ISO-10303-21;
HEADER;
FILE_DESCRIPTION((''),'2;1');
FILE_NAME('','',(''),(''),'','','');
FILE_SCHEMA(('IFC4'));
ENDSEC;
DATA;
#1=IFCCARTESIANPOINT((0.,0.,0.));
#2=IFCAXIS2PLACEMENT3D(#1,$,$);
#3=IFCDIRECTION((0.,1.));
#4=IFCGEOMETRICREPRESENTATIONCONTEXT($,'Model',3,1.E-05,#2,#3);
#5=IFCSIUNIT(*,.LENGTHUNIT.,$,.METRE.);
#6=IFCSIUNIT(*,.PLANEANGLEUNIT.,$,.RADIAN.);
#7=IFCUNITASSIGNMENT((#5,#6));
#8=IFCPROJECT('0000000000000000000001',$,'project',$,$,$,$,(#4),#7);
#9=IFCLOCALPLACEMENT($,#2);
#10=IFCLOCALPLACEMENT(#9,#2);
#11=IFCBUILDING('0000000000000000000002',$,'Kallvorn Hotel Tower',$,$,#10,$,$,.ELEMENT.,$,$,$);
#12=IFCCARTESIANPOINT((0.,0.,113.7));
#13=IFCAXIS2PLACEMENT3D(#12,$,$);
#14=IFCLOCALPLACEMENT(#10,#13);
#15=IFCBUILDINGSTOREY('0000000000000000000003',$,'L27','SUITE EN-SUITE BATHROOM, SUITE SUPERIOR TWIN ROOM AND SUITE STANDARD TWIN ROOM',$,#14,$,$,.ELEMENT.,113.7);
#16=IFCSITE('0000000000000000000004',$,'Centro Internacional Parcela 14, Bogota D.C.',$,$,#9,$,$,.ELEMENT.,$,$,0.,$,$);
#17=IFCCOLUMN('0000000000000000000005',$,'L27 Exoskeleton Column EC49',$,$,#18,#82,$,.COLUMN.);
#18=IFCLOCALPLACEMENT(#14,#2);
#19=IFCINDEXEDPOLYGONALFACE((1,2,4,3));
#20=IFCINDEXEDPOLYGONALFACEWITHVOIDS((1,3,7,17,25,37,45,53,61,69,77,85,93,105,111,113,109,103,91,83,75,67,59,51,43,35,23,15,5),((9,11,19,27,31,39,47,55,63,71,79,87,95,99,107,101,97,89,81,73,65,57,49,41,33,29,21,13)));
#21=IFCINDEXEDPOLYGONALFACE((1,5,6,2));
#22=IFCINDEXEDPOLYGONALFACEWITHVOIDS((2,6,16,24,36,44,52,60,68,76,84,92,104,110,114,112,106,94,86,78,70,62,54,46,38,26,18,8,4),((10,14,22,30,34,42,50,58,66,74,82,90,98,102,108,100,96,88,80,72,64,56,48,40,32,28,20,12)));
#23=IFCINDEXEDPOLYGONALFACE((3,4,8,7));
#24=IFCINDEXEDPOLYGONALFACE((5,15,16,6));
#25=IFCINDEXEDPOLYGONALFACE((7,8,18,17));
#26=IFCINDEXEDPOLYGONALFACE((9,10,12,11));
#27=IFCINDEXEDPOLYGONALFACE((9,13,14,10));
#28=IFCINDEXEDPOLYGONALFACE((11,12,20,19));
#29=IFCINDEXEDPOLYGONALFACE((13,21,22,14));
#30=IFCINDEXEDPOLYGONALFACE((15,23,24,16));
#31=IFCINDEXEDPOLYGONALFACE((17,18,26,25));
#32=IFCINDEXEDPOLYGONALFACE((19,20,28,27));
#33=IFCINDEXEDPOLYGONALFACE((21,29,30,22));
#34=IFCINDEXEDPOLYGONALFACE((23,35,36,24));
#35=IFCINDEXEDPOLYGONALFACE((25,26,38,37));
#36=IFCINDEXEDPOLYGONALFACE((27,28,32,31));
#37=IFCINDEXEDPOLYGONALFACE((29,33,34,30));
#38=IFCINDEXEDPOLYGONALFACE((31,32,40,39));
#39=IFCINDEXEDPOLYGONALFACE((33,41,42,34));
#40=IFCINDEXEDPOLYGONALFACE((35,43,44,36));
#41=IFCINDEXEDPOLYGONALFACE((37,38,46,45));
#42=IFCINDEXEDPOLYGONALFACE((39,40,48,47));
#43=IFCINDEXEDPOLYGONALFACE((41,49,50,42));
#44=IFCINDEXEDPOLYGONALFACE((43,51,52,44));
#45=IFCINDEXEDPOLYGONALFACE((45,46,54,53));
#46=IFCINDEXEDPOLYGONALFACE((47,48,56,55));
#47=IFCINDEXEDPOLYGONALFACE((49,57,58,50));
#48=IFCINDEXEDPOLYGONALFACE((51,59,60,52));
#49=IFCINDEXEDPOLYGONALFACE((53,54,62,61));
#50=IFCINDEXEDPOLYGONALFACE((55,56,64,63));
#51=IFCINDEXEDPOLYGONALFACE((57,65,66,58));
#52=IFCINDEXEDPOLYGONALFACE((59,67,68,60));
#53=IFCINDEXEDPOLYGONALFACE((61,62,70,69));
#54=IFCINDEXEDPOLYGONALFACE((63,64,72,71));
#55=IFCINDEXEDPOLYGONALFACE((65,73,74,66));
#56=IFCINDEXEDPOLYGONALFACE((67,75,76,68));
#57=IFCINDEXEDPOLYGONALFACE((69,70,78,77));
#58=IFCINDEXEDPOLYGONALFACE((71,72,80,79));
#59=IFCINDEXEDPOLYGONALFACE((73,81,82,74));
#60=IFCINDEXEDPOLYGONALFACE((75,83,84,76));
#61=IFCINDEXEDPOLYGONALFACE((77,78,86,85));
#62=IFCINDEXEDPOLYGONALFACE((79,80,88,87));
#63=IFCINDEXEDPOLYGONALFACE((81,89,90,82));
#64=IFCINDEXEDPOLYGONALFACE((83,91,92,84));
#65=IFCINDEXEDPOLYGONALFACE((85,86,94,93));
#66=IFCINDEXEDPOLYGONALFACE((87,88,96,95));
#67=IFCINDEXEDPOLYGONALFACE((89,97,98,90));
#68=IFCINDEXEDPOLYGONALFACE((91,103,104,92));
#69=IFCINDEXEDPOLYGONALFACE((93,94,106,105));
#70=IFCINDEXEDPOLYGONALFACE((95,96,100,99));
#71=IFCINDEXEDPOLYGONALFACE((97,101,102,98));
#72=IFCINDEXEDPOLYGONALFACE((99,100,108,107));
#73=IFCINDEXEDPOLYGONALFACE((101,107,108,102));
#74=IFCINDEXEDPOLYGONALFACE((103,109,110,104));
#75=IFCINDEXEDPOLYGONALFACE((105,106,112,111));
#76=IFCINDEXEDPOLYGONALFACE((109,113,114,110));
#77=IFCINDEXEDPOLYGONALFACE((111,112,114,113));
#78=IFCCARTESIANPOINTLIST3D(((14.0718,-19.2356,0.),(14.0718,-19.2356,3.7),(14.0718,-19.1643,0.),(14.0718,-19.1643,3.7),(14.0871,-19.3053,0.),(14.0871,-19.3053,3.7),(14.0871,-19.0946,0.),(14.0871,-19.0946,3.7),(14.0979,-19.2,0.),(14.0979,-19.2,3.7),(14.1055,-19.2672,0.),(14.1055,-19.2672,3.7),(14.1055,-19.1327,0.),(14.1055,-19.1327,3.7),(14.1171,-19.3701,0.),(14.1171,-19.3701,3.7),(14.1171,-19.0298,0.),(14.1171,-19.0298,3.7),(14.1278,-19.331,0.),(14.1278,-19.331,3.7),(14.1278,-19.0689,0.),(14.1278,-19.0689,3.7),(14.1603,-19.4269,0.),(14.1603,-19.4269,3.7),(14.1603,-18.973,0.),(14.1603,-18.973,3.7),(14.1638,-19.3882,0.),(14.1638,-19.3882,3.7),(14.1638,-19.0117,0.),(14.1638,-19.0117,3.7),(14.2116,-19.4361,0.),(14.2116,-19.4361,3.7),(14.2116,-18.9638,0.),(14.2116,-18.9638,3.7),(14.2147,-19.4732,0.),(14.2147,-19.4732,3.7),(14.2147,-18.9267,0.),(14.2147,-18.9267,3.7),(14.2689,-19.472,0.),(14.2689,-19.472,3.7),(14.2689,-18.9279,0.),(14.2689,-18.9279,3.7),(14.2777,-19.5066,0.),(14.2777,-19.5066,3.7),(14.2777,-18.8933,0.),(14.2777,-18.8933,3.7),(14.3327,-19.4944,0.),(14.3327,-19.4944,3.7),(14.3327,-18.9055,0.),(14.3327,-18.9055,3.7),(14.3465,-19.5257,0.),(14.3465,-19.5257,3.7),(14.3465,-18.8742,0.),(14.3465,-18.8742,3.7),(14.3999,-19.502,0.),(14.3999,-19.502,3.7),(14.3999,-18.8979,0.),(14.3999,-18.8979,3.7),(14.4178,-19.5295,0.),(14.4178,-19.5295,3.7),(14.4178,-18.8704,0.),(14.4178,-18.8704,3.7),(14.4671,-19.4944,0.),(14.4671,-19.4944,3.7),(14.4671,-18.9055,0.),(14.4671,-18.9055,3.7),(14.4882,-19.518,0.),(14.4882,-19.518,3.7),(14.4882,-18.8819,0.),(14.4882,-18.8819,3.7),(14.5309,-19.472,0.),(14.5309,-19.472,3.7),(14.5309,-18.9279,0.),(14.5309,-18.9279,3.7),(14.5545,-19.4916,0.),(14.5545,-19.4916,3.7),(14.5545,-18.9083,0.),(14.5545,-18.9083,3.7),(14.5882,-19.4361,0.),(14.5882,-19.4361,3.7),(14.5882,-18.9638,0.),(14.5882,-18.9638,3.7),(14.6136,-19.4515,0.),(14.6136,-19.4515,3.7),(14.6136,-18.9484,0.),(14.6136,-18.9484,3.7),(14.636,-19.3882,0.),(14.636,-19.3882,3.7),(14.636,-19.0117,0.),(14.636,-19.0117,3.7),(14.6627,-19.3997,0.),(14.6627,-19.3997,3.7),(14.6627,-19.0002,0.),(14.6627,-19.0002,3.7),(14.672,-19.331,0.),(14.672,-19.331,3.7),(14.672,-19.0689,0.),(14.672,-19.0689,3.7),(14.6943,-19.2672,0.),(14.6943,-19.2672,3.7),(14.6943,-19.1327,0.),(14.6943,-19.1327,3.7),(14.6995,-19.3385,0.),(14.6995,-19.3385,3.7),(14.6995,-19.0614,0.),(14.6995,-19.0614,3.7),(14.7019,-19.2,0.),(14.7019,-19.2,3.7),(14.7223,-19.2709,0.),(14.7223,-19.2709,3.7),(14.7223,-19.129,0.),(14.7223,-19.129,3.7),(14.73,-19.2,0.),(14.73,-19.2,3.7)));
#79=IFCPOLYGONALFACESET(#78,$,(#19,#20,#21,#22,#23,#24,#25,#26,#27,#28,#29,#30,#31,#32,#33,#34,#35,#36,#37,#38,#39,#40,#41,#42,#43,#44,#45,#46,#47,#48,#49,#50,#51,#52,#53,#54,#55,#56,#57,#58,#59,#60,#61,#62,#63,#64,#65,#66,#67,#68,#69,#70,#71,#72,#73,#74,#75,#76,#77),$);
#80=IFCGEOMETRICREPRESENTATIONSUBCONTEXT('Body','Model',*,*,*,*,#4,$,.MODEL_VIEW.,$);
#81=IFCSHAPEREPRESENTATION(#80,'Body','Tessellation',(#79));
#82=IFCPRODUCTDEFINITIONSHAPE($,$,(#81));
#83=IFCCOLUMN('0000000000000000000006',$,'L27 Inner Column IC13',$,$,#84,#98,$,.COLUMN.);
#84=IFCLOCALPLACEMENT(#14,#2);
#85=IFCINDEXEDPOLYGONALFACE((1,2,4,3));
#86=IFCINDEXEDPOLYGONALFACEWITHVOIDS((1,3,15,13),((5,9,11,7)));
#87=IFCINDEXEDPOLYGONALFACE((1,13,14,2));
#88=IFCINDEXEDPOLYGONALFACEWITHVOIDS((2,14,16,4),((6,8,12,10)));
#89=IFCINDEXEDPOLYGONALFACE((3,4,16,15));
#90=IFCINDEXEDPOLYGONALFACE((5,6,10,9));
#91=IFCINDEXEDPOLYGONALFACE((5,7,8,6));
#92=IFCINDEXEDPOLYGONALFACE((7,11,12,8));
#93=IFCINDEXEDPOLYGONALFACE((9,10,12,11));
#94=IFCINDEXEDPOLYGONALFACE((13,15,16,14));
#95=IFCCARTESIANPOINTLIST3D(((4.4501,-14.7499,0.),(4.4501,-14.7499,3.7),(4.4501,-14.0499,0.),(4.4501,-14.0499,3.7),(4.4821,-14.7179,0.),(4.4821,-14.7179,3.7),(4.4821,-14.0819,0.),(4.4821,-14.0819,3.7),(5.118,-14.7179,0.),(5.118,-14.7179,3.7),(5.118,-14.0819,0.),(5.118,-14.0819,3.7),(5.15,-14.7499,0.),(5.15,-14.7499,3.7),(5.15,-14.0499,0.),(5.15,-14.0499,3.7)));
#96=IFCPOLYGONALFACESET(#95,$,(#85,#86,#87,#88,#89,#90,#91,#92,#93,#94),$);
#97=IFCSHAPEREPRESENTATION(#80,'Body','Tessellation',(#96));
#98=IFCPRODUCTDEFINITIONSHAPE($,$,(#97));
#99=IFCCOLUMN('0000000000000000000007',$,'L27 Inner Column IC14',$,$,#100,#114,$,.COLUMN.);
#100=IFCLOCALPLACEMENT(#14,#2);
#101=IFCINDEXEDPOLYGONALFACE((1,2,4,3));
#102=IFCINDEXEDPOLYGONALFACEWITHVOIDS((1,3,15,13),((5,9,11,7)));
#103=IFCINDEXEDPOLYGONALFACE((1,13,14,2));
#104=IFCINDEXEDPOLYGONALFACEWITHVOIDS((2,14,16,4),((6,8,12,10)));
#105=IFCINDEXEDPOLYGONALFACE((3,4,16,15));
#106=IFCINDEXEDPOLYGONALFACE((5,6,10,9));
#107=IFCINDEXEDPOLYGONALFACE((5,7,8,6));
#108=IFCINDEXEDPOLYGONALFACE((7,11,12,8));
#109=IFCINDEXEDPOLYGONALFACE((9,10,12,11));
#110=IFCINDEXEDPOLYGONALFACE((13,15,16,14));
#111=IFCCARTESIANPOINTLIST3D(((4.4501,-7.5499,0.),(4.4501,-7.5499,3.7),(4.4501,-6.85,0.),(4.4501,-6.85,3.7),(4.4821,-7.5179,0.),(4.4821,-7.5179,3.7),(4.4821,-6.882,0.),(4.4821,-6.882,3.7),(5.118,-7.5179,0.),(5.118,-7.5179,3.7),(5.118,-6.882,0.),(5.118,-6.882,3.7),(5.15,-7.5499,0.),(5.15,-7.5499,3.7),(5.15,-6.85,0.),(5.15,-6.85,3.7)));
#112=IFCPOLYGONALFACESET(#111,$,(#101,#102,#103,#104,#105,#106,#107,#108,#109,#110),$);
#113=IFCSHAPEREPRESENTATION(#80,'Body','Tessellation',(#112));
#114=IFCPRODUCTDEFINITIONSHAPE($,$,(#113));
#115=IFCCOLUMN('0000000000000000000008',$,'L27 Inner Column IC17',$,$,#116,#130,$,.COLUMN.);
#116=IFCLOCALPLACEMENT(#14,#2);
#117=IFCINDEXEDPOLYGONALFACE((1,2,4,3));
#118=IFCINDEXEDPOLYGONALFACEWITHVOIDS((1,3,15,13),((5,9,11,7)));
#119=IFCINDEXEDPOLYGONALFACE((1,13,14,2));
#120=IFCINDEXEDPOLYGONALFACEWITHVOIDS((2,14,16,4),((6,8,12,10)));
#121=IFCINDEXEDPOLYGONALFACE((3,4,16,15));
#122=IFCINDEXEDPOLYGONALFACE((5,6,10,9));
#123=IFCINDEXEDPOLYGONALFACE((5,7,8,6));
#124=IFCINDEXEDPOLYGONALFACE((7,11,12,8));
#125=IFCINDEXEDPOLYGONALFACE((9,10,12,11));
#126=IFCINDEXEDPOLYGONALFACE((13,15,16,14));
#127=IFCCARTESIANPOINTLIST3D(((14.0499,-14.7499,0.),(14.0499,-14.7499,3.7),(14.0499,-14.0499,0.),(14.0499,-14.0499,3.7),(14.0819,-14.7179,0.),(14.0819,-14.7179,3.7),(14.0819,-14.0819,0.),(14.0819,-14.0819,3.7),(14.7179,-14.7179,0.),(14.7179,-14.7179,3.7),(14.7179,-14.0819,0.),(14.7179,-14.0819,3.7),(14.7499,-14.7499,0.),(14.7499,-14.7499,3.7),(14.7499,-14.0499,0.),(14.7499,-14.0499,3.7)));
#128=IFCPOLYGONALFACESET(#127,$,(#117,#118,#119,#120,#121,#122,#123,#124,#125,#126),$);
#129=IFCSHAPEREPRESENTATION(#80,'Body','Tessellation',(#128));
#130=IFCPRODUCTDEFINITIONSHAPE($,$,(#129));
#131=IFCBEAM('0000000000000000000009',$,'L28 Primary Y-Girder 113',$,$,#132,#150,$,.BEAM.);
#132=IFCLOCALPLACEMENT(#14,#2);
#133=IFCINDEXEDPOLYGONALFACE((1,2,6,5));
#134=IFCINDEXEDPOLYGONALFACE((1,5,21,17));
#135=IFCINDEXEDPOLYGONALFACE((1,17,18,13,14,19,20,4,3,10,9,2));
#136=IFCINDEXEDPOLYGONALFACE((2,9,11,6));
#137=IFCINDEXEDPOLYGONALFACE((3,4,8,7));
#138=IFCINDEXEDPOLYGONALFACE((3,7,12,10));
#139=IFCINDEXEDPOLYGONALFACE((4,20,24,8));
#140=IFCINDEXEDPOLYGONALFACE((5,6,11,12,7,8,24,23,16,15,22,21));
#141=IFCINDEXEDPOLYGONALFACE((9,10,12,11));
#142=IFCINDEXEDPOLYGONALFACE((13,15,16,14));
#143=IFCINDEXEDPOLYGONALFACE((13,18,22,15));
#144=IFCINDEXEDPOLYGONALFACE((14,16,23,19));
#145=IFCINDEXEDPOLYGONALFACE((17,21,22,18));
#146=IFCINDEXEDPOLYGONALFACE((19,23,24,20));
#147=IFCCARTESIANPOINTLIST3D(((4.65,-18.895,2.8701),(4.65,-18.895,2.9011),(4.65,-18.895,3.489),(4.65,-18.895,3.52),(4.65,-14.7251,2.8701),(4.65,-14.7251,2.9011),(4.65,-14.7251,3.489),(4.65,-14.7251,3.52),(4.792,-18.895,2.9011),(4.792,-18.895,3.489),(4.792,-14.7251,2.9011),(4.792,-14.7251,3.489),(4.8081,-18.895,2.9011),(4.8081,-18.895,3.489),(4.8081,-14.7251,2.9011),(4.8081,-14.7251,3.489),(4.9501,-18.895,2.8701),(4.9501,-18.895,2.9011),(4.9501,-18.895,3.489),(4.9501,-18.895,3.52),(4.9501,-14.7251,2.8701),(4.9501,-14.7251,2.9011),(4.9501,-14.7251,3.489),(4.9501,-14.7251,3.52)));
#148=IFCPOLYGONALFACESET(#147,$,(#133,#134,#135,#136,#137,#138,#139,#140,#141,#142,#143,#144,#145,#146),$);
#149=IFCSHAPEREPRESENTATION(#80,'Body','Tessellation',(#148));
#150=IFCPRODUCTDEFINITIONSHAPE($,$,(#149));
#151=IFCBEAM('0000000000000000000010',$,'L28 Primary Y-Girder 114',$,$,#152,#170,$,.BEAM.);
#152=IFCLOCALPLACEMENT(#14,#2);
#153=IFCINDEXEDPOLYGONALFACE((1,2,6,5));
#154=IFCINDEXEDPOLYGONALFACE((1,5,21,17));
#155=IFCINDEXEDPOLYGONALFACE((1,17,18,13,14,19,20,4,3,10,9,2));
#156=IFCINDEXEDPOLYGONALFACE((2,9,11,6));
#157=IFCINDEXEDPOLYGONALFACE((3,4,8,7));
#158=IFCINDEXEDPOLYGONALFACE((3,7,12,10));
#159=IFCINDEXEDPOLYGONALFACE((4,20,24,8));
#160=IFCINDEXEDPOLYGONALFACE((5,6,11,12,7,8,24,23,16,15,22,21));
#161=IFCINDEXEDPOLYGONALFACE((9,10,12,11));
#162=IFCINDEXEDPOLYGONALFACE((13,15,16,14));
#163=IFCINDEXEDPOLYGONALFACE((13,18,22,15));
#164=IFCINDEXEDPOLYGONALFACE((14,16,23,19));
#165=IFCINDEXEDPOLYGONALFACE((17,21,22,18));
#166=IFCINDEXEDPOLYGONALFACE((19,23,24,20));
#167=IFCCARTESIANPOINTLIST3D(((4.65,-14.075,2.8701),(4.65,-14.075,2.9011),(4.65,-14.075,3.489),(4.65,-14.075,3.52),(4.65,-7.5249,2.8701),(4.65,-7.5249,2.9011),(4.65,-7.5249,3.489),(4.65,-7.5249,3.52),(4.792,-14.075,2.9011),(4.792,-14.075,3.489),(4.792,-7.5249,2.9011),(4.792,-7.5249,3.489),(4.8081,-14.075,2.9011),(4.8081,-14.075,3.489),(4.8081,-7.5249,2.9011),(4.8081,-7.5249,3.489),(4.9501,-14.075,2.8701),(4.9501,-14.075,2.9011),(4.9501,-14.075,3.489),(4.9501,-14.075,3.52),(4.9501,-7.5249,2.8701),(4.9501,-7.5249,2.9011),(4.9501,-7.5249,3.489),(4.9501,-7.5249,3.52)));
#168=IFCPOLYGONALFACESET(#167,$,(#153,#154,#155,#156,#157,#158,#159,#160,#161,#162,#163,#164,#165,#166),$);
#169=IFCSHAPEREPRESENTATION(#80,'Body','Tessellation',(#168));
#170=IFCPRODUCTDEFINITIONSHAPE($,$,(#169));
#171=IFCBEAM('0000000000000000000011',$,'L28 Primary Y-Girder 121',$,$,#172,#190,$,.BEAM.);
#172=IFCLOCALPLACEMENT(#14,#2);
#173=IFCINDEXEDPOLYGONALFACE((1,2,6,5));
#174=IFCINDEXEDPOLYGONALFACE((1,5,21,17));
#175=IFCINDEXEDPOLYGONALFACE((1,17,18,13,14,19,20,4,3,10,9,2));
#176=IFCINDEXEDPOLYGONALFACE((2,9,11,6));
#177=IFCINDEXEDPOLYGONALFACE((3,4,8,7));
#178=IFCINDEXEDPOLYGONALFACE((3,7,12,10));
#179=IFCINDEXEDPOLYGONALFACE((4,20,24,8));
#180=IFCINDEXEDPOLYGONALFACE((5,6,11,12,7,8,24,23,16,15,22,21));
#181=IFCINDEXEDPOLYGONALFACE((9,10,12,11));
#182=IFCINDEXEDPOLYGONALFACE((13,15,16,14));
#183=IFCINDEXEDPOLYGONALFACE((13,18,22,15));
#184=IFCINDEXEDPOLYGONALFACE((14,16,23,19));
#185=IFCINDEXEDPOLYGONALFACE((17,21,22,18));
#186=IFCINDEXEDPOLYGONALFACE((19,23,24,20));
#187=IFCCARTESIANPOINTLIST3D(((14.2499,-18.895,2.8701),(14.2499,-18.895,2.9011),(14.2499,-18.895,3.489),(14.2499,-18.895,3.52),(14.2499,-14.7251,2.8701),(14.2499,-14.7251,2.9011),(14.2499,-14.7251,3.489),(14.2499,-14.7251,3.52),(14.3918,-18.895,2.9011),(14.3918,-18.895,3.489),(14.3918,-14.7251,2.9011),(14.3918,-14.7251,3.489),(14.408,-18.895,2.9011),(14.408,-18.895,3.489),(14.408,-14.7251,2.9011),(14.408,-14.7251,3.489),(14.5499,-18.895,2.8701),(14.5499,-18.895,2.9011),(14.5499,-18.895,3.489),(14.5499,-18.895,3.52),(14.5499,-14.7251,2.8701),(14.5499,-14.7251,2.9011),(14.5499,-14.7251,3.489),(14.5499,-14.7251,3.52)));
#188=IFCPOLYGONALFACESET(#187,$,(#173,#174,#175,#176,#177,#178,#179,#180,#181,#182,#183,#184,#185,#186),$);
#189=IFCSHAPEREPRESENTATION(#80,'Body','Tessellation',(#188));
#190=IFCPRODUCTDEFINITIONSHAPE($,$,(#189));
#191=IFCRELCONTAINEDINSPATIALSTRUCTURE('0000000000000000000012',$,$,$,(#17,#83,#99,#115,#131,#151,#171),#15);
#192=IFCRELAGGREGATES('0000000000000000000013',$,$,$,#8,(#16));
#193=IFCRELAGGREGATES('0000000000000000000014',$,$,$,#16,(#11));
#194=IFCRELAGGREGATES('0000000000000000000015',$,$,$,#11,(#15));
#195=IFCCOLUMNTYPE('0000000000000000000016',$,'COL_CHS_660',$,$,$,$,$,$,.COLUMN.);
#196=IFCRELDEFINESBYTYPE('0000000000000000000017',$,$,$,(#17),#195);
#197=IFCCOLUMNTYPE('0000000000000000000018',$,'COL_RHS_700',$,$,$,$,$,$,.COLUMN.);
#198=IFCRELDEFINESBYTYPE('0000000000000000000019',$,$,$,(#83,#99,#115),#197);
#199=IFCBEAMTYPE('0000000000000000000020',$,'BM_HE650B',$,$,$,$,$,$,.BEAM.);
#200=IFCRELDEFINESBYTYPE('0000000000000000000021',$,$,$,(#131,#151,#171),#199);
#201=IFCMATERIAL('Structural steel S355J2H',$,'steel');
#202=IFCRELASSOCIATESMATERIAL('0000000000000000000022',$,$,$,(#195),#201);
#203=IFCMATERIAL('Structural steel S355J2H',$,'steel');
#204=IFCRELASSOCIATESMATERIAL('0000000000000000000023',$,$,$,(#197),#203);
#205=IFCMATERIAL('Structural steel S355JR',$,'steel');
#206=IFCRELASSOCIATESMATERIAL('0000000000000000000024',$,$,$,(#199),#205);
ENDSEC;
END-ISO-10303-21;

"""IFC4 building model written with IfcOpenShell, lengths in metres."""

from ifc_helpers import new_model, si_unit, direction, frame, origin, origin_2d, place, context, subcontext, project, spatial, hollow_rectangle, hollow_circle, i_section, extrude, material, material_profile, profile_set, type_object, element, save


model = new_model("IFC4")

# Units and contexts
model_context = context("Model", 3, precision=1e-05, world=origin(), true_north=direction((0.0, 1.0)))
body_context = subcontext(model_context, "Body", "Model", "MODEL_VIEW")
ifc_project = project(units=[si_unit("LENGTHUNIT", "METRE"), si_unit("PLANEANGLEUNIT", "RADIAN")], contexts=[model_context])

# Site, building, storey
site_placement = place(None, origin())
site = spatial("IfcSite", under=ifc_project, at=site_placement, Name="Centro Internacional Parcela 14, Bogota D.C.", CompositionType="ELEMENT", RefElevation=0.0)
building_placement = place(site_placement, origin())
building = spatial("IfcBuilding", under=site, at=building_placement, Name="Kallvorn Hotel Tower", CompositionType="ELEMENT")
storey_placement = place(building_placement, frame((0.0, 0.0, 113.7)))
storey = spatial("IfcBuildingStorey", under=building, at=storey_placement, Name="L27", Description="SUITE EN-SUITE BATHROOM, SUITE SUPERIOR TWIN ROOM AND SUITE STANDARD TWIN ROOM", CompositionType="ELEMENT", Elevation=113.7)

# Columns
ifc_material_1 = material(Name="Structural steel S355J2H", Category="steel")
ifc_material_profile_1 = material_profile(ifc_material_1, hollow_circle(Radius=0.3301, WallThickness=0.0281, at=origin_2d()), Name="CHS 660x28")
ifc_profile_set_1 = profile_set([ifc_material_profile_1], Name="Structural steel S355J2H")
column_type_1 = type_object("IfcColumnType", Name="COL_CHS_660", PredefinedType="COLUMN", material=ifc_profile_set_1)
for number, where, z_axis, x_axis, name in (
    (1, (14.3999, -19.2, 0.0), (0.0, 0.0, 1.0), (1.0, 0.0, 0.0), "L27 Exoskeleton Column EC49"),
):
    element("IfcColumn", number, at=place(storey_placement, frame(where, z_axis=z_axis, x_axis=x_axis)), inside=storey, type_object=column_type_1, Name=name, PredefinedType="COLUMN", context=body_context, shape_type="SweptSolid", body=[
        extrude(hollow_circle(Radius=0.3301, WallThickness=0.0281, at=origin_2d()), origin(), (0.0, 0.0, 1.0), 3.7),
    ])
ifc_material_2 = material(Name="Structural steel S355J2H", Category="steel")
ifc_material_profile_2 = material_profile(ifc_material_2, hollow_rectangle(XDim=0.7, YDim=0.7, WallThickness=0.032, at=origin_2d()), Name="RHS 700x700x32")
ifc_profile_set_2 = profile_set([ifc_material_profile_2], Name="Structural steel S355J2H")
column_type_2 = type_object("IfcColumnType", Name="COL_RHS_700", PredefinedType="COLUMN", material=ifc_profile_set_2)
for number, where, z_axis, x_axis, name in (
    (2, (4.8, -14.3999, 0.0), (0.0, 0.0, 1.0), (1.0, 0.0, 0.0), "L27 Inner Column IC13"),
    (3, (4.8, -7.2, 0.0), (0.0, 0.0, 1.0), (1.0, 0.0, 0.0), "L27 Inner Column IC14"),
    (4, (14.3999, -14.3999, 0.0), (0.0, 0.0, 1.0), (1.0, 0.0, 0.0), "L27 Inner Column IC17"),
):
    element("IfcColumn", number, at=place(storey_placement, frame(where, z_axis=z_axis, x_axis=x_axis)), inside=storey, type_object=column_type_2, Name=name, PredefinedType="COLUMN", context=body_context, shape_type="SweptSolid", body=[
        extrude(hollow_rectangle(XDim=0.7, YDim=0.7, WallThickness=0.032, at=origin_2d()), origin(), (0.0, 0.0, 1.0), 3.7),
    ])

# Beams
ifc_material_3 = material(Name="Structural steel S355JR", Category="steel")
ifc_material_profile_3 = material_profile(ifc_material_3, i_section(OverallWidth=0.3, OverallDepth=0.6499, WebThickness=0.0161, FlangeThickness=0.031, at=origin_2d()), Name="HE 650 B")
ifc_profile_set_3 = profile_set([ifc_material_profile_3], Name="Structural steel S355JR")
beam_type_1 = type_object("IfcBeamType", Name="BM_HE650B", PredefinedType="BEAM", material=ifc_profile_set_3)
beam_1_placement = place(storey_placement, frame((4.8, -18.895, 3.1951), z_axis=(0.0, 1.0, 0.0), x_axis=(-1.0, 0.0, 0.0)))
element("IfcBeam", 5, at=beam_1_placement, inside=storey, type_object=beam_type_1, Name="L28 Primary Y-Girder 113", PredefinedType="BEAM", context=body_context, shape_type="SweptSolid", body=[
    extrude(i_section(OverallWidth=0.3, OverallDepth=0.6499, WebThickness=0.0161, FlangeThickness=0.031, at=origin_2d()), origin(), (0.0, 0.0, 1.0), 4.1699),
])
beam_2_placement = place(storey_placement, frame((4.8, -14.075, 3.1951), z_axis=(0.0, 1.0, 0.0), x_axis=(-1.0, 0.0, 0.0)))
element("IfcBeam", 6, at=beam_2_placement, inside=storey, type_object=beam_type_1, Name="L28 Primary Y-Girder 114", PredefinedType="BEAM", context=body_context, shape_type="SweptSolid", body=[
    extrude(i_section(OverallWidth=0.3, OverallDepth=0.6499, WebThickness=0.0161, FlangeThickness=0.031, at=origin_2d()), origin(), (0.0, 0.0, 1.0), 6.55),
])
beam_3_placement = place(storey_placement, frame((14.3999, -18.895, 3.1951), z_axis=(0.0, 1.0, 0.0), x_axis=(-1.0, 0.0, 0.0)))
element("IfcBeam", 7, at=beam_3_placement, inside=storey, type_object=beam_type_1, Name="L28 Primary Y-Girder 121", PredefinedType="BEAM", context=body_context, shape_type="SweptSolid", body=[
    extrude(i_section(OverallWidth=0.3, OverallDepth=0.6499, WebThickness=0.0161, FlangeThickness=0.031, at=origin_2d()), origin(), (0.0, 0.0, 1.0), 4.1699),
])

save(model, "model.ifc")
